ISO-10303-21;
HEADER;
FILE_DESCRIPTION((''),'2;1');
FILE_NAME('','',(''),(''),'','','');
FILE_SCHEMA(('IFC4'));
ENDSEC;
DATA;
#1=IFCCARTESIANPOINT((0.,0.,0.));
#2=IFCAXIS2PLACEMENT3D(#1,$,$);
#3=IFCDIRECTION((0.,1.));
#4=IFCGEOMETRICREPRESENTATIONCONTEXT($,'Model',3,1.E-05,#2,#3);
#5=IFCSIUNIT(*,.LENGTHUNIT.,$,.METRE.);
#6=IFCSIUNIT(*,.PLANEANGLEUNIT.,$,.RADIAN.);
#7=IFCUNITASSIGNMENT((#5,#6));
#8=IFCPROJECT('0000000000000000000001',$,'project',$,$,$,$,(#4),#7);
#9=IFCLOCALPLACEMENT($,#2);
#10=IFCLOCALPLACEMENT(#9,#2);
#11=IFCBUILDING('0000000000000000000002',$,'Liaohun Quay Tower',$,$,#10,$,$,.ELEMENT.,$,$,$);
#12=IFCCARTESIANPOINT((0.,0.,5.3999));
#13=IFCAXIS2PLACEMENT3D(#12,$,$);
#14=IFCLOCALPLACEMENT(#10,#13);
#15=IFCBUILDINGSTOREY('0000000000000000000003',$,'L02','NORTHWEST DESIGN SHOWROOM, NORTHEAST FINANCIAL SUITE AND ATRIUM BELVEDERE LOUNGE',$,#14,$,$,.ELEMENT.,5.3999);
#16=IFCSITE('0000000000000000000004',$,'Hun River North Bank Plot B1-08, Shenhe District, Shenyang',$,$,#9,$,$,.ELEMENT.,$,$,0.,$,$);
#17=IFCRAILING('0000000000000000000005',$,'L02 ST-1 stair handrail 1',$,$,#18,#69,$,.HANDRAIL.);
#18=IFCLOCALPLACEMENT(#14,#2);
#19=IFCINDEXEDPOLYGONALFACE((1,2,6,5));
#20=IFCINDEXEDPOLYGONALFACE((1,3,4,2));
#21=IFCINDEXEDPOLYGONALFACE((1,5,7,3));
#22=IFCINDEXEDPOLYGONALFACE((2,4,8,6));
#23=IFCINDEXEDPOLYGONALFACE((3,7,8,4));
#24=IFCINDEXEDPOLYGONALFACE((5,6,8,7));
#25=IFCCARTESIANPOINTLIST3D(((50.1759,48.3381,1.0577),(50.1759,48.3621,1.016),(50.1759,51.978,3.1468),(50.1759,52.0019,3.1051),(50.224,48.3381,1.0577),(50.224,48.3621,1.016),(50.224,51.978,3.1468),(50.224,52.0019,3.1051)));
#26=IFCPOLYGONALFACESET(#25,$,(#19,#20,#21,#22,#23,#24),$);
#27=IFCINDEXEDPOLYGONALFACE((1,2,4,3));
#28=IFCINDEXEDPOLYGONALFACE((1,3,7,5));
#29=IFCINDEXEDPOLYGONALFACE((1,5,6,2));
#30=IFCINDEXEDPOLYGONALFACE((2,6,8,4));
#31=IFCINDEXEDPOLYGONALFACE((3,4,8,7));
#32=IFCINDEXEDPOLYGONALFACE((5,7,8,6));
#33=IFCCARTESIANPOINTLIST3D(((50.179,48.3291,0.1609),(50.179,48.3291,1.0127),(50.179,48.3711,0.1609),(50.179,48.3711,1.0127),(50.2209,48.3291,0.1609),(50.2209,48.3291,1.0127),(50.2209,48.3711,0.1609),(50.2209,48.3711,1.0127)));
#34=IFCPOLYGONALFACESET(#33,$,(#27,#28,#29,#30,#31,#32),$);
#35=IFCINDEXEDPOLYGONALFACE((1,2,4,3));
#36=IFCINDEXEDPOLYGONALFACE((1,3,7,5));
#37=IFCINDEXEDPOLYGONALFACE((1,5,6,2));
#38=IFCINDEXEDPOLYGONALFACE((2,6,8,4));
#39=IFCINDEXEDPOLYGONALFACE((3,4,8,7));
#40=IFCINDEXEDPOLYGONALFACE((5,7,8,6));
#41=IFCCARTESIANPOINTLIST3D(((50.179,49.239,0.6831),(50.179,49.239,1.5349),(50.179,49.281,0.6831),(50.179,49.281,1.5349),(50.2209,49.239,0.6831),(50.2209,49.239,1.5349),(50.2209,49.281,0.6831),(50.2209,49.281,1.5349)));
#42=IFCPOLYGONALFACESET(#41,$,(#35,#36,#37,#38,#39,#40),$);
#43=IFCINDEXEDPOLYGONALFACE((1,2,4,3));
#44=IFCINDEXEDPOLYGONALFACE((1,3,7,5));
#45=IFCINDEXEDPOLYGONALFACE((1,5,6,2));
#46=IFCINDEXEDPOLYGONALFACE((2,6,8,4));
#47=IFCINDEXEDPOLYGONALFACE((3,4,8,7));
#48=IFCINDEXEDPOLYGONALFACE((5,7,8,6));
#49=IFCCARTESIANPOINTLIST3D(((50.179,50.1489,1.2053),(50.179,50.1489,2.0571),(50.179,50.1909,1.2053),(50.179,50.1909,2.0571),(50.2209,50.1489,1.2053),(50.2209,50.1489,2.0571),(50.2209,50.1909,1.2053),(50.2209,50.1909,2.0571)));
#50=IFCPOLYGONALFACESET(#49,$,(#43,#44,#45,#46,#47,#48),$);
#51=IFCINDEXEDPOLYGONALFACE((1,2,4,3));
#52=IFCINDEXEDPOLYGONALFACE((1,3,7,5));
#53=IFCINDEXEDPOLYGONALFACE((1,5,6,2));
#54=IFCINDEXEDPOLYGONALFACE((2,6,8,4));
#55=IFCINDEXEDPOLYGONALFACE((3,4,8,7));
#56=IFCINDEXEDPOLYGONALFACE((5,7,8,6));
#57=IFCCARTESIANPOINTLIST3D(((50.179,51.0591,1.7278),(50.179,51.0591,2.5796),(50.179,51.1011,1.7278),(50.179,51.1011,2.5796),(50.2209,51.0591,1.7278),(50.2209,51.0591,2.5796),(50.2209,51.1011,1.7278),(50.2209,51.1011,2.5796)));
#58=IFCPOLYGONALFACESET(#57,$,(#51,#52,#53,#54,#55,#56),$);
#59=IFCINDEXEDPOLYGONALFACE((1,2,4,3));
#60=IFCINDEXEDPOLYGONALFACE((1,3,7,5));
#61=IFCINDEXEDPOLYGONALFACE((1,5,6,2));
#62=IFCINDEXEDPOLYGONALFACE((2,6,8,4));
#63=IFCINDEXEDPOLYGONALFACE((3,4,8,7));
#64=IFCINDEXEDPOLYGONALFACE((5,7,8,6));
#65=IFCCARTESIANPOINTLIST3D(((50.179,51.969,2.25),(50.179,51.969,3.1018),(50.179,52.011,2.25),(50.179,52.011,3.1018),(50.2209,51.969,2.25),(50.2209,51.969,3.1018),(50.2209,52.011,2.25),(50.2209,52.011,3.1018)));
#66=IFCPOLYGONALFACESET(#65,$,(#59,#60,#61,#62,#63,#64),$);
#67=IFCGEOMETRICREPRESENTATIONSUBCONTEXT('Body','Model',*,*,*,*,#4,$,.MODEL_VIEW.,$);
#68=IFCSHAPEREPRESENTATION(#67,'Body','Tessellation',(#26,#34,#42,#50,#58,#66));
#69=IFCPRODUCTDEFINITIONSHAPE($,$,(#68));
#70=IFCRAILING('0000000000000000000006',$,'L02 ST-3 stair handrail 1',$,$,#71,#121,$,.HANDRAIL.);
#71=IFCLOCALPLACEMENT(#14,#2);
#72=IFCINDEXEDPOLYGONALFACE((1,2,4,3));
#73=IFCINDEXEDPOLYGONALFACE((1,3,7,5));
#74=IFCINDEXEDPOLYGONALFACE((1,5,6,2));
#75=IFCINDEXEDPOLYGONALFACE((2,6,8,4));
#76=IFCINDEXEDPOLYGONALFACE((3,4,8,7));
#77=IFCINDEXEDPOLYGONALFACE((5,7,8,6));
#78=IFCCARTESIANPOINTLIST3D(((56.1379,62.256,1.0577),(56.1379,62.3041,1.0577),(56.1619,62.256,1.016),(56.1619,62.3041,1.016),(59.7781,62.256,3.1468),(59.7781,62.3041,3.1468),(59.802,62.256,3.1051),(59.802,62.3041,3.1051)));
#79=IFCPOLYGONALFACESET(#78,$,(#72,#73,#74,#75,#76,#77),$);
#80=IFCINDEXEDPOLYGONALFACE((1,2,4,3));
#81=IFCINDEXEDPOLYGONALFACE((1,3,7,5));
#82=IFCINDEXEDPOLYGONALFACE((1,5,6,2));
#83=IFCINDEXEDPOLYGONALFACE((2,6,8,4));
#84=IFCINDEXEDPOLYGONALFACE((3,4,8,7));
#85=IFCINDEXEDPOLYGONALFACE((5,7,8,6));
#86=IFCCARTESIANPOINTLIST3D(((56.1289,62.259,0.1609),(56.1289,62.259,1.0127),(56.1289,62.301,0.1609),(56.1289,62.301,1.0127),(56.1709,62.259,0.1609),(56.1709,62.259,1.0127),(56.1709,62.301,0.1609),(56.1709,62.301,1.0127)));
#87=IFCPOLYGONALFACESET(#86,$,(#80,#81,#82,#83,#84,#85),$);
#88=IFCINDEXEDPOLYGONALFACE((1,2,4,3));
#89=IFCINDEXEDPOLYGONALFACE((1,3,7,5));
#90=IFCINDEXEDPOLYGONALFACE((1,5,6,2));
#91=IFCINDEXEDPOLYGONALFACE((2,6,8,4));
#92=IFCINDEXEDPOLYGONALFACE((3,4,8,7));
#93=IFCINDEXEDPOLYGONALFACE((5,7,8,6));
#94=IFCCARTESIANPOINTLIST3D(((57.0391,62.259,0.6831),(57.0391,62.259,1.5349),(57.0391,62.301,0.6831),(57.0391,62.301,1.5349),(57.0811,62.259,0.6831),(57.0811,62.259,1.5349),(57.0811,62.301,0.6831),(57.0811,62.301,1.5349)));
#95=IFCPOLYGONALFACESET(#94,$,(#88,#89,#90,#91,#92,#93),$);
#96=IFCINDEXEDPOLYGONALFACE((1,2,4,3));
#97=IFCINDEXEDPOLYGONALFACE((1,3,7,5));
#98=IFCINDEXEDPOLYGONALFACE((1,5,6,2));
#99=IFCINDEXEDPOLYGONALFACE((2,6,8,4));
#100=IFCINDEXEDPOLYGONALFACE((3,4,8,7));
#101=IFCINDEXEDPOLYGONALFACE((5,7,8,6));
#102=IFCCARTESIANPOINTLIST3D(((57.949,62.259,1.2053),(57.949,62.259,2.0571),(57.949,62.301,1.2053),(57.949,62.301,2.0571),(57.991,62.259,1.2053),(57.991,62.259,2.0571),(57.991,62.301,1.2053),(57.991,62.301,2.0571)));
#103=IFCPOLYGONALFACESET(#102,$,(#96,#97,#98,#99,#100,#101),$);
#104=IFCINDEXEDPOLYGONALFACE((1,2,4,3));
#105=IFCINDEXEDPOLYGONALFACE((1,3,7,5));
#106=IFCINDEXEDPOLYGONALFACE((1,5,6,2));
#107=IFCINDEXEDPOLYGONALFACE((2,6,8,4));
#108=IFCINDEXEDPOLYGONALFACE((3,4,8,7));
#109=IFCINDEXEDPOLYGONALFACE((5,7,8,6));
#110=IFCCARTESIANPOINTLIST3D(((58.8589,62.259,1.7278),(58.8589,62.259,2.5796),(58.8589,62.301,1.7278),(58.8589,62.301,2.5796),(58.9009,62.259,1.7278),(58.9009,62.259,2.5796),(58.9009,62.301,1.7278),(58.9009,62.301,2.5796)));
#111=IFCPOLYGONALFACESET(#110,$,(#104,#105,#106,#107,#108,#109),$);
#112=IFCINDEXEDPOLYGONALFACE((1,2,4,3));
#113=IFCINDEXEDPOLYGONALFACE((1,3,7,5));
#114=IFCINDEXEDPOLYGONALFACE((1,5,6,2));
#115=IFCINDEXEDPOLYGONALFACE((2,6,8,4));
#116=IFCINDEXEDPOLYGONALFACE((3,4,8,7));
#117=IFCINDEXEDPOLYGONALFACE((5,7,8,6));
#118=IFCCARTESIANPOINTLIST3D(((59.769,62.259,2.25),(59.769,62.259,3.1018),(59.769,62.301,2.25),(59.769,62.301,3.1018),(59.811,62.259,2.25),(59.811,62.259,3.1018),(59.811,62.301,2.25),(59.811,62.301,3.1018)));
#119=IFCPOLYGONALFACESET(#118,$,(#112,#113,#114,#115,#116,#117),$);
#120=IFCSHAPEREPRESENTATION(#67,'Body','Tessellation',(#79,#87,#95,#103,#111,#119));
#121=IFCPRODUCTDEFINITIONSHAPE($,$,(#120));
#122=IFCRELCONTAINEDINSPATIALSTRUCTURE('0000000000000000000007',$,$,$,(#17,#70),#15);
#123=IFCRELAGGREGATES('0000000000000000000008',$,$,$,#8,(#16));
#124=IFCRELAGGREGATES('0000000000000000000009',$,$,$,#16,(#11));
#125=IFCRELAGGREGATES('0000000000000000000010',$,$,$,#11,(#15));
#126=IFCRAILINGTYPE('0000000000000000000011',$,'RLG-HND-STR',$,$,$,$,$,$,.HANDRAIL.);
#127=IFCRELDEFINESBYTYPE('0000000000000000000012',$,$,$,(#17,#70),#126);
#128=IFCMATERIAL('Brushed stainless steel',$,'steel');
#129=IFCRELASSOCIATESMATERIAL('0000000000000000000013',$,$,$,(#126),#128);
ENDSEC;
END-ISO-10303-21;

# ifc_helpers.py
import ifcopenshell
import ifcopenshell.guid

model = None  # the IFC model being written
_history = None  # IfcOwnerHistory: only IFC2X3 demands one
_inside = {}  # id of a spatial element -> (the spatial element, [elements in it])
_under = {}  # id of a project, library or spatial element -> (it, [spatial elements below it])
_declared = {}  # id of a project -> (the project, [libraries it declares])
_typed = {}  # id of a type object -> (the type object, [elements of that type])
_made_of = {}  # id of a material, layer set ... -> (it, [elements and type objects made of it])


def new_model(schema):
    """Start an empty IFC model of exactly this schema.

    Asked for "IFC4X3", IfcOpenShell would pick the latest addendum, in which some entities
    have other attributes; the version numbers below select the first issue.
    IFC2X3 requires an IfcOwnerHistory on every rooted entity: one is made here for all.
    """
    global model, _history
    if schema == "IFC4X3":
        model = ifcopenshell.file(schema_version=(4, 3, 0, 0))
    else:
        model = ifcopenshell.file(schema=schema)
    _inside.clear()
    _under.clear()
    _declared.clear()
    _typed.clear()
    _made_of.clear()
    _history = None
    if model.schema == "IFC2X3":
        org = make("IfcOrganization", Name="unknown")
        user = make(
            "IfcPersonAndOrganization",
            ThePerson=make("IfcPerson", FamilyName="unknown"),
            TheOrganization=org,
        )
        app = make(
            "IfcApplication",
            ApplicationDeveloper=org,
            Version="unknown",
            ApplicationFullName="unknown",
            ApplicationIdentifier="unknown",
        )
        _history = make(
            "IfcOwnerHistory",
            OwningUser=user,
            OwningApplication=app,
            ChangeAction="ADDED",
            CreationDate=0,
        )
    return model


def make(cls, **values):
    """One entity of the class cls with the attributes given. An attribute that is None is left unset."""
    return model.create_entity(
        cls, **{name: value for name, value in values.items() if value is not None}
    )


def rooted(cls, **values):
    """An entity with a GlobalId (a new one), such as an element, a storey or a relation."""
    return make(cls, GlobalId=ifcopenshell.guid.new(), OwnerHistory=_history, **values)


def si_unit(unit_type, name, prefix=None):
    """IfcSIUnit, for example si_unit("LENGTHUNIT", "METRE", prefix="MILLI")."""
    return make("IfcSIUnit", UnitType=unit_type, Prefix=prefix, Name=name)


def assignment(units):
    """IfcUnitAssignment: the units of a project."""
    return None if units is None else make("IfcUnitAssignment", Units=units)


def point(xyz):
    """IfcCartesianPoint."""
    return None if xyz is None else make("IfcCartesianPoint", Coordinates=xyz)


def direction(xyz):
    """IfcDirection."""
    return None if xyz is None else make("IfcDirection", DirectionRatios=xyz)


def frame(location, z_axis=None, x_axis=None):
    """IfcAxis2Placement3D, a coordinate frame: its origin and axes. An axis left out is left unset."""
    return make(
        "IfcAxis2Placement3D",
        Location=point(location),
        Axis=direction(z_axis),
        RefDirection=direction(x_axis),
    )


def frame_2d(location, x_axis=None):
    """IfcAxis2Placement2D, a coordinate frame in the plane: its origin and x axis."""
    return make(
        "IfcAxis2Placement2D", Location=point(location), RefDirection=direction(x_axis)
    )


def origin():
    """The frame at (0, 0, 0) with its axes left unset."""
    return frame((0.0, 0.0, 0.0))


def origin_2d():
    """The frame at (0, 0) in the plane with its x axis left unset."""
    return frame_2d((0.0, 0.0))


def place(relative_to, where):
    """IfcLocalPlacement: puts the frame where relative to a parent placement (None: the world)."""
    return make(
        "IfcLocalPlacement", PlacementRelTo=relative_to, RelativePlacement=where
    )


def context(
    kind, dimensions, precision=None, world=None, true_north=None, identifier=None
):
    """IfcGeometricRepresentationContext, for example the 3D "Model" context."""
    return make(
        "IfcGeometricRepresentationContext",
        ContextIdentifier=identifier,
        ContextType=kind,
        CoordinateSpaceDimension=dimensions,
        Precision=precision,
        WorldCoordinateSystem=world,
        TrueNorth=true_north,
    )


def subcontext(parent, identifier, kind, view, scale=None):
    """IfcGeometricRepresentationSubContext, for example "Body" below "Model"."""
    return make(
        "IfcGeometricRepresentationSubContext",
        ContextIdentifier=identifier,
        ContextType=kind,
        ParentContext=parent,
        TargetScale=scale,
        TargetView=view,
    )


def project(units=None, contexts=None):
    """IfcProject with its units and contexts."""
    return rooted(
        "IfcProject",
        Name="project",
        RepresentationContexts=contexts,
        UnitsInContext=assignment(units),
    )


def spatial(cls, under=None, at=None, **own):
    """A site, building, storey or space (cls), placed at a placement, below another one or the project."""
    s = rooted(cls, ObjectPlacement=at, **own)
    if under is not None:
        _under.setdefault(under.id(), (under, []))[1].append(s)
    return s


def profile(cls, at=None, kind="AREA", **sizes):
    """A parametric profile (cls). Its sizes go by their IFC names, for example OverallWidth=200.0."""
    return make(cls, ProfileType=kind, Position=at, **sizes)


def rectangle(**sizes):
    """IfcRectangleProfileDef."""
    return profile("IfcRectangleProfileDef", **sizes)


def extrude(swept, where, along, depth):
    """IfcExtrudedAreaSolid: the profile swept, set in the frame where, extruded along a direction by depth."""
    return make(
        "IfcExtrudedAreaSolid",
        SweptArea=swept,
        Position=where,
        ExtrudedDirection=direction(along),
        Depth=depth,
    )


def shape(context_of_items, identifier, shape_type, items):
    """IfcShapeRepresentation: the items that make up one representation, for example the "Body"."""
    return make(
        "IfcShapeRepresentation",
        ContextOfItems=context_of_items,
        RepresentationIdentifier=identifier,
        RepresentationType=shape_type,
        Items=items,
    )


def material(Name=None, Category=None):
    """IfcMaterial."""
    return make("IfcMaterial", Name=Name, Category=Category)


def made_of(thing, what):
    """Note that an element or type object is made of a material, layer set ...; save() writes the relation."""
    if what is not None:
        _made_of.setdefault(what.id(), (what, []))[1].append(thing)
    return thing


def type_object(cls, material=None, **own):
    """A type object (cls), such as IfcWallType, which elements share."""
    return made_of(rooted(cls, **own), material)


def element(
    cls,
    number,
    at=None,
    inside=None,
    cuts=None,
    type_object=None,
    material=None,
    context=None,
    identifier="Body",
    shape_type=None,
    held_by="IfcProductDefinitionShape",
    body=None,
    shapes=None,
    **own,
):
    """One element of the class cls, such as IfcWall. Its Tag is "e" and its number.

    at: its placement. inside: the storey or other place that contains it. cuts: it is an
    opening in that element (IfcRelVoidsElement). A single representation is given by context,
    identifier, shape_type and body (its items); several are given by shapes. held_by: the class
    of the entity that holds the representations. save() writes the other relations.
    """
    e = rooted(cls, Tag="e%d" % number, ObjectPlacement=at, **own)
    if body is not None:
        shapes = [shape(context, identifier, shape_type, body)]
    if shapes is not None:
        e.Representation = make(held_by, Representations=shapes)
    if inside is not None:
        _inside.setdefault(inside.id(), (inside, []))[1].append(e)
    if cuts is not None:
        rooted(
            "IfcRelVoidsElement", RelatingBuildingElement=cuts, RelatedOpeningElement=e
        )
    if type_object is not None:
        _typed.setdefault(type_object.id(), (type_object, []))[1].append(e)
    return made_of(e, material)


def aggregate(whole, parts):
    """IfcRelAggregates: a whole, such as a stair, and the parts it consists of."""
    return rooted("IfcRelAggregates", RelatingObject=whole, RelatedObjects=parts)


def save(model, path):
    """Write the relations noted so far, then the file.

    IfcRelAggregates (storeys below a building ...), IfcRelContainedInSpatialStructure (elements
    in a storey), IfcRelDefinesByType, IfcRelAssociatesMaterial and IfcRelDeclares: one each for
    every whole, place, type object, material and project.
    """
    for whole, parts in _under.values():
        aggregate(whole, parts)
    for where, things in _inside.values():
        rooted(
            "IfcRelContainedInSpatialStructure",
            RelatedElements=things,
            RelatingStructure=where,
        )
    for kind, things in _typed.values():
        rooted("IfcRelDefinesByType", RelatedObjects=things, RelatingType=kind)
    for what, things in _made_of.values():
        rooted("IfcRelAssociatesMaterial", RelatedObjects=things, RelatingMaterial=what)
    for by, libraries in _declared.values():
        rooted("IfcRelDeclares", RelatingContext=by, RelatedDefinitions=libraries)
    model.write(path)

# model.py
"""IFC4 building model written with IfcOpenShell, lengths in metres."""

from ifc_helpers import new_model, si_unit, direction, frame, origin, origin_2d, place, context, subcontext, project, spatial, rectangle, extrude, material, type_object, element, save


model = new_model("IFC4")

# Units and contexts
model_context = context("Model", 3, precision=1e-05, world=origin(), true_north=direction((0.0, 1.0)))
body_context = subcontext(model_context, "Body", "Model", "MODEL_VIEW")
ifc_project = project(units=[si_unit("LENGTHUNIT", "METRE"), si_unit("PLANEANGLEUNIT", "RADIAN")], contexts=[model_context])

# Site, building, storey
site_placement = place(None, origin())
site = spatial("IfcSite", under=ifc_project, at=site_placement, Name="Hun River North Bank Plot B1-08, Shenhe District, Shenyang", CompositionType="ELEMENT", RefElevation=0.0)
building_placement = place(site_placement, origin())
building = spatial("IfcBuilding", under=site, at=building_placement, Name="Liaohun Quay Tower", CompositionType="ELEMENT")
storey_placement = place(building_placement, frame((0.0, 0.0, 5.3999)))
storey = spatial("IfcBuildingStorey", under=building, at=storey_placement, Name="L02", Description="NORTHWEST DESIGN SHOWROOM, NORTHEAST FINANCIAL SUITE AND ATRIUM BELVEDERE LOUNGE", CompositionType="ELEMENT", Elevation=5.3999)

# Railings
ifc_material_1 = material(Name="Brushed stainless steel", Category="steel")
railing_type_1 = type_object("IfcRailingType", Name="RLG-HND-STR", PredefinedType="HANDRAIL", material=ifc_material_1)
railing_1_placement = place(storey_placement, frame((50.2, 48.3501, 0.1609)))
element("IfcRailing", 1, at=railing_1_placement, inside=storey, type_object=railing_type_1, Name="L02 ST-1 stair handrail 1", PredefinedType="HANDRAIL", context=body_context, shape_type="SweptSolid", body=[
    extrude(rectangle(XDim=0.0481, YDim=0.0481, at=origin_2d()), frame((0.0, 0.0, 0.876), z_axis=(0.0, 0.8673, 0.497786), x_axis=(-1.0, 0.0, 0.0)), (0.0, 0.0, 1.0), 4.1968),
    extrude(rectangle(XDim=0.042, YDim=0.042, at=origin_2d()), origin(), (0.0, 0.0, 1.0), 0.8518),
    extrude(rectangle(XDim=0.042, YDim=0.042, at=origin_2d()), frame((0.0, 0.9099, 0.5222)), (0.0, 0.0, 1.0), 0.8518),
    extrude(rectangle(XDim=0.042, YDim=0.042, at=origin_2d()), frame((0.0, 1.8198, 1.0444)), (0.0, 0.0, 1.0), 0.8518),
    extrude(rectangle(XDim=0.042, YDim=0.042, at=origin_2d()), frame((0.0, 2.73, 1.5669)), (0.0, 0.0, 1.0), 0.8518),
    extrude(rectangle(XDim=0.042, YDim=0.042, at=origin_2d()), frame((0.0, 3.6399, 2.0891)), (0.0, 0.0, 1.0), 0.8518),
])
railing_2_placement = place(storey_placement, frame((56.1499, 62.28, 0.1609)))
element("IfcRailing", 2, at=railing_2_placement, inside=storey, type_object=railing_type_1, Name="L02 ST-3 stair handrail 1", PredefinedType="HANDRAIL", context=body_context, shape_type="SweptSolid", body=[
    extrude(rectangle(XDim=0.0481, YDim=0.0481, at=origin_2d()), frame((0.0, 0.0, 0.876), z_axis=(0.867314, 0.0, 0.497761), x_axis=(0.0, 1.0, 0.0)), (0.0, 0.0, 1.0), 4.197),
    extrude(rectangle(XDim=0.042, YDim=0.042, at=origin_2d()), origin(), (0.0, 0.0, 1.0), 0.8518),
    extrude(rectangle(XDim=0.042, YDim=0.042, at=origin_2d()), frame((0.9102, 0.0, 0.5222)), (0.0, 0.0, 1.0), 0.8518),
    extrude(rectangle(XDim=0.042, YDim=0.042, at=origin_2d()), frame((1.8201, 0.0, 1.0444)), (0.0, 0.0, 1.0), 0.8518),
    extrude(rectangle(XDim=0.042, YDim=0.042, at=origin_2d()), frame((2.73, 0.0, 1.5669)), (0.0, 0.0, 1.0), 0.8518),
    extrude(rectangle(XDim=0.042, YDim=0.042, at=origin_2d()), frame((3.6401, 0.0, 2.0891)), (0.0, 0.0, 1.0), 0.8518),
])

save(model, "model.ifc")
